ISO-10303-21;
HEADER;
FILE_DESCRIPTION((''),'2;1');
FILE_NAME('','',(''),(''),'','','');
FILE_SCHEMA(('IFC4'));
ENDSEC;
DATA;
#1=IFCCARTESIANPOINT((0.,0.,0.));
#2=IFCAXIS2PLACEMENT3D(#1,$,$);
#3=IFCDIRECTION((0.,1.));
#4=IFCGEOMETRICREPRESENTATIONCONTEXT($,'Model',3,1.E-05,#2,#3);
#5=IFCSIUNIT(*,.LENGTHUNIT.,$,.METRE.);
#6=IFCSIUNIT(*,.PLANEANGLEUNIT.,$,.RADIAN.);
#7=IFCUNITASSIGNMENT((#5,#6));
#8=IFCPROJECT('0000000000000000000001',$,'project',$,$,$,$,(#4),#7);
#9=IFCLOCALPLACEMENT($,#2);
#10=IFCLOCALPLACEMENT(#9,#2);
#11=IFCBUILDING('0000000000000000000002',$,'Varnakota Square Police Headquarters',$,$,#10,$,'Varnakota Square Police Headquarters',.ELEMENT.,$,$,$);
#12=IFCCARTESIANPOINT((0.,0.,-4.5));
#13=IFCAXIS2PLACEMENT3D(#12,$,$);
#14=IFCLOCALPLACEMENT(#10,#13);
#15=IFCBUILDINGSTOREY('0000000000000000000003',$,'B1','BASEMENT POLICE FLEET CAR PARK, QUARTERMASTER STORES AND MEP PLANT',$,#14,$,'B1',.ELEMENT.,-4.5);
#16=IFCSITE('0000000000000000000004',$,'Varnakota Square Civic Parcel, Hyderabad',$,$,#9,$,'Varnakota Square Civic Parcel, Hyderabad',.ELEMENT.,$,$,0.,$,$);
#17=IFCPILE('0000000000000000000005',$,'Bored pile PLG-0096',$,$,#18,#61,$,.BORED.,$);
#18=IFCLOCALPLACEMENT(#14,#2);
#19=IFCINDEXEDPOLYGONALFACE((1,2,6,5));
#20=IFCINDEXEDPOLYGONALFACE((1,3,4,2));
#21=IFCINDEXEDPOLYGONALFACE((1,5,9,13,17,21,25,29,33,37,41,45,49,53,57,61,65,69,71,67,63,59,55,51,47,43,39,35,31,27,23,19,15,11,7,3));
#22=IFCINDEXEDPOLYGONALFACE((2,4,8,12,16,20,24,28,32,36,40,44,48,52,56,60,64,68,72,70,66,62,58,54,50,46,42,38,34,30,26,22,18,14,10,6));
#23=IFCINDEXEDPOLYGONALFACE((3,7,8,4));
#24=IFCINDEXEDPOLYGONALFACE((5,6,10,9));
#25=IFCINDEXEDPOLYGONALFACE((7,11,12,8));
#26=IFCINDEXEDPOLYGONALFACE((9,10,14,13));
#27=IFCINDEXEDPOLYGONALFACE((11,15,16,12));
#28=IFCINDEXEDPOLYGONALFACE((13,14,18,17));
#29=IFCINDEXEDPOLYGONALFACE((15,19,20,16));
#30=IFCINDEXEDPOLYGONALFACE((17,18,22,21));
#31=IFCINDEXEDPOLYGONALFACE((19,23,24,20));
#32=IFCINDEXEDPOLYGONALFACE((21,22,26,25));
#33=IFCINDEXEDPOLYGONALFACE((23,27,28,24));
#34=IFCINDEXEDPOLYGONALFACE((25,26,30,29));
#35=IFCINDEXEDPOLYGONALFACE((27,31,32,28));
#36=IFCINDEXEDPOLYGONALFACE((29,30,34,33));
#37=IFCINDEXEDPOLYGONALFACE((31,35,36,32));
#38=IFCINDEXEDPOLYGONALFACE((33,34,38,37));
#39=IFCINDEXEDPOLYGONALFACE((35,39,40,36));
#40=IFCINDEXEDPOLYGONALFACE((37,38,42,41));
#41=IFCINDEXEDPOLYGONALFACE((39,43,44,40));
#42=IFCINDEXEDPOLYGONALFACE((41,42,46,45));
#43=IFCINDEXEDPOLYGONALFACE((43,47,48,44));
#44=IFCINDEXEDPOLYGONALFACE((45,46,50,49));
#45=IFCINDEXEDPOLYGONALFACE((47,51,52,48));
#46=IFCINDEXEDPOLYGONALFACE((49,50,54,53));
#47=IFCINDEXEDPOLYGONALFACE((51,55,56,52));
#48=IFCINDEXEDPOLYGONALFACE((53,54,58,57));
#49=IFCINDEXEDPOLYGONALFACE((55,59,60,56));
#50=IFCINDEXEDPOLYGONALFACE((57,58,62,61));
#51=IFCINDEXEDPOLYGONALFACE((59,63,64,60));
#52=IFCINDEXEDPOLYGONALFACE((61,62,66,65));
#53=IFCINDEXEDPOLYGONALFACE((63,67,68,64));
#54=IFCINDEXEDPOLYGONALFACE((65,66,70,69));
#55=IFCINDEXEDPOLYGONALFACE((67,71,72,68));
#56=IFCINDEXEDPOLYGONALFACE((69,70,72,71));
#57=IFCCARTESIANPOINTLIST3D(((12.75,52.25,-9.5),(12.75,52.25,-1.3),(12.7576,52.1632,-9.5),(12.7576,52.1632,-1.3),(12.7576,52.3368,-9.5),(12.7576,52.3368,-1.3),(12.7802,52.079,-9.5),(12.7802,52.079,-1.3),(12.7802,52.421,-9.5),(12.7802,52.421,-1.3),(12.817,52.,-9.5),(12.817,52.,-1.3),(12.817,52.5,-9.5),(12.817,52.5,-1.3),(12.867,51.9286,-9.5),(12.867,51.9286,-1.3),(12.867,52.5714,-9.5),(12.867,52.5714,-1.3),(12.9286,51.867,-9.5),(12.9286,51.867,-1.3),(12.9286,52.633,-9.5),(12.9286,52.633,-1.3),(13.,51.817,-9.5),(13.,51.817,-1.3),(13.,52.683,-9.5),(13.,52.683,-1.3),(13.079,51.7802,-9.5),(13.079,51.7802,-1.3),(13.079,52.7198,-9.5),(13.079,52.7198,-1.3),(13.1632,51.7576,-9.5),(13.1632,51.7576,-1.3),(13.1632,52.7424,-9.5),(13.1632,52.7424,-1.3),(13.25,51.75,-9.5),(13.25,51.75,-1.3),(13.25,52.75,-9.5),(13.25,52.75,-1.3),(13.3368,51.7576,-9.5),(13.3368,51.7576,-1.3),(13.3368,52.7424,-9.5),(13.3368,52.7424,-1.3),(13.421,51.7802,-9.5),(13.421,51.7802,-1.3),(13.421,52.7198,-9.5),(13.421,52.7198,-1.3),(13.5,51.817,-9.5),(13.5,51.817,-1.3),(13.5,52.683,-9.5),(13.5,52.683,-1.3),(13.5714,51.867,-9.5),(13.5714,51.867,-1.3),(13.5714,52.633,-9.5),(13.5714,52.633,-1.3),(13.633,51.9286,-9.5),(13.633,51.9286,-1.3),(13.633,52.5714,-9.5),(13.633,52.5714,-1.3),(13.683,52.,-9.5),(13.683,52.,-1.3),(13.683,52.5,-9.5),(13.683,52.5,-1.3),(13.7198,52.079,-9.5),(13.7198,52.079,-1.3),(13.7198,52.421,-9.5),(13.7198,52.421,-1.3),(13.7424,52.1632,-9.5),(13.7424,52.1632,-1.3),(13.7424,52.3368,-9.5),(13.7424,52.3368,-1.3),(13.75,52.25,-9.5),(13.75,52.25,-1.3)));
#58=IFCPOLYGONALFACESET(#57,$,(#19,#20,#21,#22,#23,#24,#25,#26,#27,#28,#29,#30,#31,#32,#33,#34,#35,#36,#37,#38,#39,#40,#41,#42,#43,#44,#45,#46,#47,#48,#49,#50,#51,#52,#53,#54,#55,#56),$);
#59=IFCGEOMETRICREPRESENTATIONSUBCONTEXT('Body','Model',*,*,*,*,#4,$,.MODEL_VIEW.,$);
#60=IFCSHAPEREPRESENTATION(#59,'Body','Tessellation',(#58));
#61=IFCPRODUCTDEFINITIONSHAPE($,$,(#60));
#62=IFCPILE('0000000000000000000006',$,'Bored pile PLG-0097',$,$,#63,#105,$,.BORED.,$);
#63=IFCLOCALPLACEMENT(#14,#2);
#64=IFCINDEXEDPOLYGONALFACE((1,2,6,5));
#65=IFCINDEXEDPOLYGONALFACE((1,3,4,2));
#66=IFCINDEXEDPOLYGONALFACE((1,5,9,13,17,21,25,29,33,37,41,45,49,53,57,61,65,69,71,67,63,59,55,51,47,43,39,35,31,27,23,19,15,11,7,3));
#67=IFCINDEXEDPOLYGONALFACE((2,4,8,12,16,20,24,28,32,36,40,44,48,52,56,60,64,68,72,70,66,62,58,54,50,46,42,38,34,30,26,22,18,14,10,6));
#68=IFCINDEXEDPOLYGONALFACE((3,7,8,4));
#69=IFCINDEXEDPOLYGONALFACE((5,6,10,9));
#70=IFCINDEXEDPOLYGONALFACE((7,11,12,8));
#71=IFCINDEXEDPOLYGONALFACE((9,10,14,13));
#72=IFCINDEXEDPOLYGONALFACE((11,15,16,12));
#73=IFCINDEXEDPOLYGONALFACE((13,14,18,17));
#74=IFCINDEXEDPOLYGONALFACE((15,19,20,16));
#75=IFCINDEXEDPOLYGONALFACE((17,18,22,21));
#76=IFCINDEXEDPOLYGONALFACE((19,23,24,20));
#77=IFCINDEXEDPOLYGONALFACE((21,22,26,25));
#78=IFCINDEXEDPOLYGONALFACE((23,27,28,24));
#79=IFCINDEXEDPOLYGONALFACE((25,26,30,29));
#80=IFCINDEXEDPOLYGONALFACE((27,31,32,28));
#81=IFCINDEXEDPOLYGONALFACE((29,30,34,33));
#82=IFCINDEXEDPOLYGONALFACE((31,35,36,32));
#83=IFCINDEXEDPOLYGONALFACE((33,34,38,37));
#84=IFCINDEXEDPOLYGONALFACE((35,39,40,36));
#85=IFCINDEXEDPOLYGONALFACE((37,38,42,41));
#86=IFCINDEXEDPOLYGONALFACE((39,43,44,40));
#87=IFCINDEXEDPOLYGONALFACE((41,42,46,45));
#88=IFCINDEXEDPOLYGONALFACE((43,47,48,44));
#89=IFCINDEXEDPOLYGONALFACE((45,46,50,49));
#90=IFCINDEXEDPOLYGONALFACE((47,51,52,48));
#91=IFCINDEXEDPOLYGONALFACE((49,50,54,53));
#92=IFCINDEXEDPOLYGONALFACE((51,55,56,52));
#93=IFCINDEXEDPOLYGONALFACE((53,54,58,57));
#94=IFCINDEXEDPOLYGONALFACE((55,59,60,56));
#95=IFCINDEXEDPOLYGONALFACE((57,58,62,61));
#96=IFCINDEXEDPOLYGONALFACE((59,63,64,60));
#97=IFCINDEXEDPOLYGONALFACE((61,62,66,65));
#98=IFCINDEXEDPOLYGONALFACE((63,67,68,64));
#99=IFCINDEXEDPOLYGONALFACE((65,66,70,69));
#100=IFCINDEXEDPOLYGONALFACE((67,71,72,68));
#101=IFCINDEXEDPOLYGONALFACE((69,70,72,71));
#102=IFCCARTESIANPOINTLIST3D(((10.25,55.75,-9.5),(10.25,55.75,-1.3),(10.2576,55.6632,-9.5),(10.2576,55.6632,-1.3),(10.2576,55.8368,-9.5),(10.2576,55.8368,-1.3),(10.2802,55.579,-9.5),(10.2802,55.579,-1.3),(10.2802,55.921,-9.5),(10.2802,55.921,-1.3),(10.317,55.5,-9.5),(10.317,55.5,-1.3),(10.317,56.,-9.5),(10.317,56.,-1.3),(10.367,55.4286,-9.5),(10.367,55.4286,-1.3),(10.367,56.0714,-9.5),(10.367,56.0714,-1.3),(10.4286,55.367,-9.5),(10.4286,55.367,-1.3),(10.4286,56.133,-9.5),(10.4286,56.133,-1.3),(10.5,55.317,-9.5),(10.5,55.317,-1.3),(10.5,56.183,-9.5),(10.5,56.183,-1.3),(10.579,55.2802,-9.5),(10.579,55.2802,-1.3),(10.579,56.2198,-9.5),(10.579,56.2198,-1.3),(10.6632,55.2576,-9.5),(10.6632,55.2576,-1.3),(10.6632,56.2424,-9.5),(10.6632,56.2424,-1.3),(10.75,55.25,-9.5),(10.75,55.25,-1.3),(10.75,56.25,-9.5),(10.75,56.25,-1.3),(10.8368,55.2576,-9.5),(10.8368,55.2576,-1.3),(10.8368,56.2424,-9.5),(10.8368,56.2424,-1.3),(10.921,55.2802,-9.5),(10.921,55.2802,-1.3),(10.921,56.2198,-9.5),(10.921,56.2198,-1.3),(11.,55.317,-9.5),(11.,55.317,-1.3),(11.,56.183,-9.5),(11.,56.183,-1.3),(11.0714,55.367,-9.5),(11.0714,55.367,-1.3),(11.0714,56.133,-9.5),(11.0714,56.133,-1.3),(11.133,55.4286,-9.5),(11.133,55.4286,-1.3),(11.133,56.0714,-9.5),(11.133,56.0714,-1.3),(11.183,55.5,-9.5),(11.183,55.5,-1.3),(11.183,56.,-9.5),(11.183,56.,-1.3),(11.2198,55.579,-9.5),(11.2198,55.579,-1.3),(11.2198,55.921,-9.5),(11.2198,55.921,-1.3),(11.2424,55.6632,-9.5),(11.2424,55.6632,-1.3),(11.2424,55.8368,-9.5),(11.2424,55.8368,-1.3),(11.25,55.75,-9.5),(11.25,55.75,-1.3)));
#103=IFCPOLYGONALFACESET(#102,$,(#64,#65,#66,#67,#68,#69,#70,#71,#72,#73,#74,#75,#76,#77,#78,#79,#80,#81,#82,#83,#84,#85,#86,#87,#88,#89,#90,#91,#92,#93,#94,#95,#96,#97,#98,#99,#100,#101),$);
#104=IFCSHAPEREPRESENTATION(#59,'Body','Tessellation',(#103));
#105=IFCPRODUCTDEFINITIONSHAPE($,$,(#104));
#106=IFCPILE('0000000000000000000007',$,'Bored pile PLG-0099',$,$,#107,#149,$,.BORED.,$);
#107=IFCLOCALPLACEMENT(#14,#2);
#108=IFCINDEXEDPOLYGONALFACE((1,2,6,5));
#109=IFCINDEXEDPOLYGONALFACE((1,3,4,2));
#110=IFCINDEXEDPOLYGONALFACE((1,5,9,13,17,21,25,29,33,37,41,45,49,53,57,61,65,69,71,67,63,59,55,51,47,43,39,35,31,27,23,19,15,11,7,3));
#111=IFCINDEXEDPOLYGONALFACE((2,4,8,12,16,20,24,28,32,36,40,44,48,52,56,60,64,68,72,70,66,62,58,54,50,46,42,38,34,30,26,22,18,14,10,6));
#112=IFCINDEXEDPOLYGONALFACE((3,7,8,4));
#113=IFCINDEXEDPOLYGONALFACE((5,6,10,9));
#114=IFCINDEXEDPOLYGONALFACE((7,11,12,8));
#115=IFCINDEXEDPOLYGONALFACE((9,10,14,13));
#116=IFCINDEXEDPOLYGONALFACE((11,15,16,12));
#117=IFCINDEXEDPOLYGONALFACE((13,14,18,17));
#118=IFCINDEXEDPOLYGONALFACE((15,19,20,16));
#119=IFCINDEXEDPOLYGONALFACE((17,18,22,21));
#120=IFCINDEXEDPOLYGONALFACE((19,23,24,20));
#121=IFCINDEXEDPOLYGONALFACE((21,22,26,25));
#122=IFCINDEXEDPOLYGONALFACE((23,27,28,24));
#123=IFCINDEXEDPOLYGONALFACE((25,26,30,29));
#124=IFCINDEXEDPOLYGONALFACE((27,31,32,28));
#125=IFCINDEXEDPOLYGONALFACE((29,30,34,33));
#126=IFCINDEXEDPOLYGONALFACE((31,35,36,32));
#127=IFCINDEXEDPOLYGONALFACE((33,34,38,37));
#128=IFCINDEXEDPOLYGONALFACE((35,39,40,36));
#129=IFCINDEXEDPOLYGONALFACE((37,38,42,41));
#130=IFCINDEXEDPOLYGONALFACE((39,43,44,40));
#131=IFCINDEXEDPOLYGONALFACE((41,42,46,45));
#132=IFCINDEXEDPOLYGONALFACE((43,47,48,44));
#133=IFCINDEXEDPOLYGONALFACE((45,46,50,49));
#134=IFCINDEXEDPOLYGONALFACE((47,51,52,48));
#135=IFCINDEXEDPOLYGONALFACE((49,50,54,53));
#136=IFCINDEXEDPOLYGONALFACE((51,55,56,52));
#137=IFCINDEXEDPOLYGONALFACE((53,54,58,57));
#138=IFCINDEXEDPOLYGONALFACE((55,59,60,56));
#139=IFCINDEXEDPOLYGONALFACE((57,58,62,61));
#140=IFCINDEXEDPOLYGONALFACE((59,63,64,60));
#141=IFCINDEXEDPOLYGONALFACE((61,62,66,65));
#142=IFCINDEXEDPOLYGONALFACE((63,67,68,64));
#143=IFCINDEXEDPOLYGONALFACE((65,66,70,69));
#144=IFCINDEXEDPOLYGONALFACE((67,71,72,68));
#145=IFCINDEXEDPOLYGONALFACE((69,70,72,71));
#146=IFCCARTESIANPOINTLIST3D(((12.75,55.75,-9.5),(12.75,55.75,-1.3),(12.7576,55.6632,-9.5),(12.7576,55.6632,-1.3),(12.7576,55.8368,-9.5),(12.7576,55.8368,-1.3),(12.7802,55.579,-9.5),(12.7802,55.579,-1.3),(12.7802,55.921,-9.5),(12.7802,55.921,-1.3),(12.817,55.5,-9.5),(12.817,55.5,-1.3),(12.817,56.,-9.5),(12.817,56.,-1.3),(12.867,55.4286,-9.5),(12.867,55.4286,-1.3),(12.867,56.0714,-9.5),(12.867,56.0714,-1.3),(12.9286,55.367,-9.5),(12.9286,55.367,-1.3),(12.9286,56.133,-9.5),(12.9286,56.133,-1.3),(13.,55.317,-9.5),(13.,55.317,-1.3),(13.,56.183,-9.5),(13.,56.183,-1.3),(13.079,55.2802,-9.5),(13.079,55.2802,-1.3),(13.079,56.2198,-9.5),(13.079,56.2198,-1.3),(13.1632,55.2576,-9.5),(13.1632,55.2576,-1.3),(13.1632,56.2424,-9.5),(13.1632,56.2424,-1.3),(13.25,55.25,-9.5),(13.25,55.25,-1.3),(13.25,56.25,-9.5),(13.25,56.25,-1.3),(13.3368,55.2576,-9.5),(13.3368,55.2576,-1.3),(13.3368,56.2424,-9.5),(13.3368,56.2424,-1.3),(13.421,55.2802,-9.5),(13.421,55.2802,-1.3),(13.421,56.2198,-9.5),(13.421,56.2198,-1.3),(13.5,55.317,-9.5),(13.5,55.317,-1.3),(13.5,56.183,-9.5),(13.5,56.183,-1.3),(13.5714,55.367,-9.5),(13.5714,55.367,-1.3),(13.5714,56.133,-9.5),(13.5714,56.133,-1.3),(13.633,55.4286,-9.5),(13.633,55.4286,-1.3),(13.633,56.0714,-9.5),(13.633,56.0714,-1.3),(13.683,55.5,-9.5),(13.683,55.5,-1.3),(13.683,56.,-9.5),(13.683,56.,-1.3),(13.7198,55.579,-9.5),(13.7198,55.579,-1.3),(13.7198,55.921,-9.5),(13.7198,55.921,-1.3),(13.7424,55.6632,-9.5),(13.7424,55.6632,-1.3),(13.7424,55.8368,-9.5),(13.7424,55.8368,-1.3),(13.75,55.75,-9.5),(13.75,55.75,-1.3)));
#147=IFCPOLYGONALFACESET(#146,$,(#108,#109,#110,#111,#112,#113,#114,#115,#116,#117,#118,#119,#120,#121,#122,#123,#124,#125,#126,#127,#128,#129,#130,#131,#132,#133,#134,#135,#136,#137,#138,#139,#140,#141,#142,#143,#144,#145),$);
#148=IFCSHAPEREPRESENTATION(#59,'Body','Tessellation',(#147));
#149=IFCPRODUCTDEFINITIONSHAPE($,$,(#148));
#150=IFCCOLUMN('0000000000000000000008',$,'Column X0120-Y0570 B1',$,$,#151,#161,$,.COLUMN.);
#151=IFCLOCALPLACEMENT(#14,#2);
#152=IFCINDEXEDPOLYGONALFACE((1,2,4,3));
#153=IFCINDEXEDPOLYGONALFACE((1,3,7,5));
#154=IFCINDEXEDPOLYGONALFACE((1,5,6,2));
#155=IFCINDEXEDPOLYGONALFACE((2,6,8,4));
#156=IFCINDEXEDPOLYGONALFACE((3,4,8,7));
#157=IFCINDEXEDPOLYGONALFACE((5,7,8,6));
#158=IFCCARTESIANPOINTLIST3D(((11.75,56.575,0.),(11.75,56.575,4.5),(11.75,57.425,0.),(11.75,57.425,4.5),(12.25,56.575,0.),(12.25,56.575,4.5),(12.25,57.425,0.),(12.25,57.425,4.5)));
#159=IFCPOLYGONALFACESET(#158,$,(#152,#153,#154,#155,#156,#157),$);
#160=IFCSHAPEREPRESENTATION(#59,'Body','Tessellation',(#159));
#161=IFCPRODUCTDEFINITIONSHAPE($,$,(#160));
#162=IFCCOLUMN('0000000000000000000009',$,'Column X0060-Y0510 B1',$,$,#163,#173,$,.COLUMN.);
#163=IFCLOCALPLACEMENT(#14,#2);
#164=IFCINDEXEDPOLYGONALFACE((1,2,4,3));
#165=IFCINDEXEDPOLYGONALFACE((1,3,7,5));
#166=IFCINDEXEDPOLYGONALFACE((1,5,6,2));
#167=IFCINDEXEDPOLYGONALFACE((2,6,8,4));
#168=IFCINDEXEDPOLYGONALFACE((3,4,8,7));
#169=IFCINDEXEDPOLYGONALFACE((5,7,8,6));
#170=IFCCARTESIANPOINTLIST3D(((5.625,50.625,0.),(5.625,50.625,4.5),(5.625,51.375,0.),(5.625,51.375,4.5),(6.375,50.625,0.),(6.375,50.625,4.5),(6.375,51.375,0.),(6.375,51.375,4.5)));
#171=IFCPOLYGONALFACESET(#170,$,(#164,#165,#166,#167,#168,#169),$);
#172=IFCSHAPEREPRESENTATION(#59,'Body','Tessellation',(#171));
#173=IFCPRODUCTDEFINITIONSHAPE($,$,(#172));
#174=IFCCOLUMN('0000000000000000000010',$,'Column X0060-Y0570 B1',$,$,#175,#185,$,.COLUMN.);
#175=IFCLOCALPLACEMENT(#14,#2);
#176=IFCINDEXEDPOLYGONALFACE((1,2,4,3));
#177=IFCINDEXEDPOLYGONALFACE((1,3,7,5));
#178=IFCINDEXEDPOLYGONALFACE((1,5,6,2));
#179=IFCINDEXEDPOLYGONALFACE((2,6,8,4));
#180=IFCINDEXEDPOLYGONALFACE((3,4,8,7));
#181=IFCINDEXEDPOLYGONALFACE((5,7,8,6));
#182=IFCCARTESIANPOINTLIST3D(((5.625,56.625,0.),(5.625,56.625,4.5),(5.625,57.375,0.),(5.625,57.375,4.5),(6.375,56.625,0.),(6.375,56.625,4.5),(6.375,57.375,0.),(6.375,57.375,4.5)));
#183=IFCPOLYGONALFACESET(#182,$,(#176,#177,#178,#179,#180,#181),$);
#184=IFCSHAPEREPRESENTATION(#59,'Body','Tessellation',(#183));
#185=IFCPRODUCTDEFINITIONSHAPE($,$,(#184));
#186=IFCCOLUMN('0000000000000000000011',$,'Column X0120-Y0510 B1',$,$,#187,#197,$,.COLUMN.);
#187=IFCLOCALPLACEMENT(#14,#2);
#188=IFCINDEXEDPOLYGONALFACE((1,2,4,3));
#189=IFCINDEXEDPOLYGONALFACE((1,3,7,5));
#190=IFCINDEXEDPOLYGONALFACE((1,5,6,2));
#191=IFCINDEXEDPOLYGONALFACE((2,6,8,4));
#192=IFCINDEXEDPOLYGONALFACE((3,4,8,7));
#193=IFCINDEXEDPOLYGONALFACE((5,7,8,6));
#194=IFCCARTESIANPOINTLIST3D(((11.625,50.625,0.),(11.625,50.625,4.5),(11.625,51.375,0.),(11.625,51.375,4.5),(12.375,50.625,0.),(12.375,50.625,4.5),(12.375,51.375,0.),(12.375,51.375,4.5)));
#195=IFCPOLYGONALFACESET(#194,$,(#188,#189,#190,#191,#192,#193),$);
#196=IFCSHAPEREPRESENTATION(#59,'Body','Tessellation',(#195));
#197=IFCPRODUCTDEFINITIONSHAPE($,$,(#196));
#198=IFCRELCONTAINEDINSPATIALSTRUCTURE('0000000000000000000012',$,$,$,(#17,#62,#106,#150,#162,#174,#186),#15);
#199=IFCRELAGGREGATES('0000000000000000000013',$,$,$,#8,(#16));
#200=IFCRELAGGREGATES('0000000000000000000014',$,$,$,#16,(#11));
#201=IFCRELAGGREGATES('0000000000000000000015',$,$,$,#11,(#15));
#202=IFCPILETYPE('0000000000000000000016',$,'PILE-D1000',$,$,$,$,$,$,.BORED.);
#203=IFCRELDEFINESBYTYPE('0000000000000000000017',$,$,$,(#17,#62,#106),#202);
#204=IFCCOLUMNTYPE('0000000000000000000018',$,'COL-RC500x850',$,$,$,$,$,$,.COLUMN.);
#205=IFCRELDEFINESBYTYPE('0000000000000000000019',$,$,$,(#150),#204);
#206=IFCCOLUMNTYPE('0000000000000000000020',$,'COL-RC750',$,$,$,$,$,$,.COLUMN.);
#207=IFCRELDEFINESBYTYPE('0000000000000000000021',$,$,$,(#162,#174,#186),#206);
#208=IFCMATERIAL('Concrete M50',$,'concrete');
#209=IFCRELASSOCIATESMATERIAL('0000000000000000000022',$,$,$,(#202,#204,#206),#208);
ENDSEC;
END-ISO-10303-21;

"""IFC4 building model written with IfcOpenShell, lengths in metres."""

from ifc_helpers import new_model, si_unit, direction, frame, origin, origin_2d, place, context, subcontext, project, spatial, rectangle, circle, extrude, material, material_profile, profile_set, type_object, element, save


model = new_model("IFC4")

# Units and contexts
model_context = context("Model", 3, precision=1e-05, world=origin(), true_north=direction((0.0, 1.0)))
body_context = subcontext(model_context, "Body", "Model", "MODEL_VIEW")
ifc_project = project(units=[si_unit("LENGTHUNIT", "METRE"), si_unit("PLANEANGLEUNIT", "RADIAN")], contexts=[model_context])

# Site, building, storey
site_placement = place(None, origin())
site = spatial("IfcSite", under=ifc_project, at=site_placement, Name="Varnakota Square Civic Parcel, Hyderabad", LongName="Varnakota Square Civic Parcel, Hyderabad", CompositionType="ELEMENT", RefElevation=0.0)
building_placement = place(site_placement, origin())
building = spatial("IfcBuilding", under=site, at=building_placement, Name="Varnakota Square Police Headquarters", LongName="Varnakota Square Police Headquarters", CompositionType="ELEMENT")
storey_placement = place(building_placement, frame((0.0, 0.0, -4.5)))
storey = spatial("IfcBuildingStorey", under=building, at=storey_placement, Name="B1", Description="BASEMENT POLICE FLEET CAR PARK, QUARTERMASTER STORES AND MEP PLANT", LongName="B1", CompositionType="ELEMENT", Elevation=-4.5)

# Shared definitions
ifc_material_1 = material(Name="Concrete M50", Category="concrete")

# Piles
ifc_material_profile_1 = material_profile(ifc_material_1, circle(Radius=0.5, at=origin_2d()), Name="BORED PILE 1000")
ifc_profile_set_1 = profile_set([ifc_material_profile_1], Name="Concrete M50")
pile_type = type_object("IfcPileType", Name="PILE-D1000", PredefinedType="BORED", material=ifc_profile_set_1)
for number, where, z_axis, x_axis, name in (
    (1, (13.25, 52.25, -1.3), (0.0, 0.0, -1.0), (1.0, 0.0, 0.0), "Bored pile PLG-0096"),
    (2, (10.75, 55.75, -1.3), (0.0, 0.0, -1.0), (1.0, 0.0, 0.0), "Bored pile PLG-0097"),
    (3, (13.25, 55.75, -1.3), (0.0, 0.0, -1.0), (1.0, 0.0, 0.0), "Bored pile PLG-0099"),
):
    element("IfcPile", number, at=place(storey_placement, frame(where, z_axis=z_axis, x_axis=x_axis)), inside=storey, type_object=pile_type, Name=name, PredefinedType="BORED", context=body_context, shape_type="SweptSolid", body=[
        extrude(circle(Radius=0.5, at=origin_2d()), origin(), (0.0, 0.0, 1.0), 8.2),
    ])

# Columns
ifc_material_profile_2 = material_profile(ifc_material_1, rectangle(XDim=0.5, YDim=0.8501, at=origin_2d()), Name="RC 500x850")
ifc_profile_set_2 = profile_set([ifc_material_profile_2], Name="Concrete M50")
column_type_1 = type_object("IfcColumnType", Name="COL-RC500x850", PredefinedType="COLUMN", material=ifc_profile_set_2)
column_placement = place(storey_placement, frame((12.0, 57.0, 0.0), z_axis=(0.0, 0.0, 1.0), x_axis=(1.0, 0.0, 0.0)))
element("IfcColumn", 4, at=column_placement, inside=storey, type_object=column_type_1, Name="Column X0120-Y0570 B1", PredefinedType="COLUMN", context=body_context, shape_type="SweptSolid", body=[
    extrude(rectangle(XDim=0.5, YDim=0.8501, at=origin_2d()), origin(), (0.0, 0.0, 1.0), 4.5),
])
ifc_material_profile_3 = material_profile(ifc_material_1, rectangle(XDim=0.75, YDim=0.75, at=origin_2d()), Name="RC 750x750")
ifc_profile_set_3 = profile_set([ifc_material_profile_3], Name="Concrete M50")
column_type_2 = type_object("IfcColumnType", Name="COL-RC750", PredefinedType="COLUMN", material=ifc_profile_set_3)
for number, where, z_axis, x_axis, name in (
    (5, (6.0, 51.0, 0.0), (0.0, 0.0, 1.0), (1.0, 0.0, 0.0), "Column X0060-Y0510 B1"),
    (6, (6.0, 57.0, 0.0), (0.0, 0.0, 1.0), (1.0, 0.0, 0.0), "Column X0060-Y0570 B1"),
    (7, (12.0, 51.0, 0.0), (0.0, 0.0, 1.0), (1.0, 0.0, 0.0), "Column X0120-Y0510 B1"),
):
    element("IfcColumn", number, at=place(storey_placement, frame(where, z_axis=z_axis, x_axis=x_axis)), inside=storey, type_object=column_type_2, Name=name, PredefinedType="COLUMN", context=body_context, shape_type="SweptSolid", body=[
        extrude(rectangle(XDim=0.75, YDim=0.75, at=origin_2d()), origin(), (0.0, 0.0, 1.0), 4.5),
    ])

save(model, "model.ifc")
